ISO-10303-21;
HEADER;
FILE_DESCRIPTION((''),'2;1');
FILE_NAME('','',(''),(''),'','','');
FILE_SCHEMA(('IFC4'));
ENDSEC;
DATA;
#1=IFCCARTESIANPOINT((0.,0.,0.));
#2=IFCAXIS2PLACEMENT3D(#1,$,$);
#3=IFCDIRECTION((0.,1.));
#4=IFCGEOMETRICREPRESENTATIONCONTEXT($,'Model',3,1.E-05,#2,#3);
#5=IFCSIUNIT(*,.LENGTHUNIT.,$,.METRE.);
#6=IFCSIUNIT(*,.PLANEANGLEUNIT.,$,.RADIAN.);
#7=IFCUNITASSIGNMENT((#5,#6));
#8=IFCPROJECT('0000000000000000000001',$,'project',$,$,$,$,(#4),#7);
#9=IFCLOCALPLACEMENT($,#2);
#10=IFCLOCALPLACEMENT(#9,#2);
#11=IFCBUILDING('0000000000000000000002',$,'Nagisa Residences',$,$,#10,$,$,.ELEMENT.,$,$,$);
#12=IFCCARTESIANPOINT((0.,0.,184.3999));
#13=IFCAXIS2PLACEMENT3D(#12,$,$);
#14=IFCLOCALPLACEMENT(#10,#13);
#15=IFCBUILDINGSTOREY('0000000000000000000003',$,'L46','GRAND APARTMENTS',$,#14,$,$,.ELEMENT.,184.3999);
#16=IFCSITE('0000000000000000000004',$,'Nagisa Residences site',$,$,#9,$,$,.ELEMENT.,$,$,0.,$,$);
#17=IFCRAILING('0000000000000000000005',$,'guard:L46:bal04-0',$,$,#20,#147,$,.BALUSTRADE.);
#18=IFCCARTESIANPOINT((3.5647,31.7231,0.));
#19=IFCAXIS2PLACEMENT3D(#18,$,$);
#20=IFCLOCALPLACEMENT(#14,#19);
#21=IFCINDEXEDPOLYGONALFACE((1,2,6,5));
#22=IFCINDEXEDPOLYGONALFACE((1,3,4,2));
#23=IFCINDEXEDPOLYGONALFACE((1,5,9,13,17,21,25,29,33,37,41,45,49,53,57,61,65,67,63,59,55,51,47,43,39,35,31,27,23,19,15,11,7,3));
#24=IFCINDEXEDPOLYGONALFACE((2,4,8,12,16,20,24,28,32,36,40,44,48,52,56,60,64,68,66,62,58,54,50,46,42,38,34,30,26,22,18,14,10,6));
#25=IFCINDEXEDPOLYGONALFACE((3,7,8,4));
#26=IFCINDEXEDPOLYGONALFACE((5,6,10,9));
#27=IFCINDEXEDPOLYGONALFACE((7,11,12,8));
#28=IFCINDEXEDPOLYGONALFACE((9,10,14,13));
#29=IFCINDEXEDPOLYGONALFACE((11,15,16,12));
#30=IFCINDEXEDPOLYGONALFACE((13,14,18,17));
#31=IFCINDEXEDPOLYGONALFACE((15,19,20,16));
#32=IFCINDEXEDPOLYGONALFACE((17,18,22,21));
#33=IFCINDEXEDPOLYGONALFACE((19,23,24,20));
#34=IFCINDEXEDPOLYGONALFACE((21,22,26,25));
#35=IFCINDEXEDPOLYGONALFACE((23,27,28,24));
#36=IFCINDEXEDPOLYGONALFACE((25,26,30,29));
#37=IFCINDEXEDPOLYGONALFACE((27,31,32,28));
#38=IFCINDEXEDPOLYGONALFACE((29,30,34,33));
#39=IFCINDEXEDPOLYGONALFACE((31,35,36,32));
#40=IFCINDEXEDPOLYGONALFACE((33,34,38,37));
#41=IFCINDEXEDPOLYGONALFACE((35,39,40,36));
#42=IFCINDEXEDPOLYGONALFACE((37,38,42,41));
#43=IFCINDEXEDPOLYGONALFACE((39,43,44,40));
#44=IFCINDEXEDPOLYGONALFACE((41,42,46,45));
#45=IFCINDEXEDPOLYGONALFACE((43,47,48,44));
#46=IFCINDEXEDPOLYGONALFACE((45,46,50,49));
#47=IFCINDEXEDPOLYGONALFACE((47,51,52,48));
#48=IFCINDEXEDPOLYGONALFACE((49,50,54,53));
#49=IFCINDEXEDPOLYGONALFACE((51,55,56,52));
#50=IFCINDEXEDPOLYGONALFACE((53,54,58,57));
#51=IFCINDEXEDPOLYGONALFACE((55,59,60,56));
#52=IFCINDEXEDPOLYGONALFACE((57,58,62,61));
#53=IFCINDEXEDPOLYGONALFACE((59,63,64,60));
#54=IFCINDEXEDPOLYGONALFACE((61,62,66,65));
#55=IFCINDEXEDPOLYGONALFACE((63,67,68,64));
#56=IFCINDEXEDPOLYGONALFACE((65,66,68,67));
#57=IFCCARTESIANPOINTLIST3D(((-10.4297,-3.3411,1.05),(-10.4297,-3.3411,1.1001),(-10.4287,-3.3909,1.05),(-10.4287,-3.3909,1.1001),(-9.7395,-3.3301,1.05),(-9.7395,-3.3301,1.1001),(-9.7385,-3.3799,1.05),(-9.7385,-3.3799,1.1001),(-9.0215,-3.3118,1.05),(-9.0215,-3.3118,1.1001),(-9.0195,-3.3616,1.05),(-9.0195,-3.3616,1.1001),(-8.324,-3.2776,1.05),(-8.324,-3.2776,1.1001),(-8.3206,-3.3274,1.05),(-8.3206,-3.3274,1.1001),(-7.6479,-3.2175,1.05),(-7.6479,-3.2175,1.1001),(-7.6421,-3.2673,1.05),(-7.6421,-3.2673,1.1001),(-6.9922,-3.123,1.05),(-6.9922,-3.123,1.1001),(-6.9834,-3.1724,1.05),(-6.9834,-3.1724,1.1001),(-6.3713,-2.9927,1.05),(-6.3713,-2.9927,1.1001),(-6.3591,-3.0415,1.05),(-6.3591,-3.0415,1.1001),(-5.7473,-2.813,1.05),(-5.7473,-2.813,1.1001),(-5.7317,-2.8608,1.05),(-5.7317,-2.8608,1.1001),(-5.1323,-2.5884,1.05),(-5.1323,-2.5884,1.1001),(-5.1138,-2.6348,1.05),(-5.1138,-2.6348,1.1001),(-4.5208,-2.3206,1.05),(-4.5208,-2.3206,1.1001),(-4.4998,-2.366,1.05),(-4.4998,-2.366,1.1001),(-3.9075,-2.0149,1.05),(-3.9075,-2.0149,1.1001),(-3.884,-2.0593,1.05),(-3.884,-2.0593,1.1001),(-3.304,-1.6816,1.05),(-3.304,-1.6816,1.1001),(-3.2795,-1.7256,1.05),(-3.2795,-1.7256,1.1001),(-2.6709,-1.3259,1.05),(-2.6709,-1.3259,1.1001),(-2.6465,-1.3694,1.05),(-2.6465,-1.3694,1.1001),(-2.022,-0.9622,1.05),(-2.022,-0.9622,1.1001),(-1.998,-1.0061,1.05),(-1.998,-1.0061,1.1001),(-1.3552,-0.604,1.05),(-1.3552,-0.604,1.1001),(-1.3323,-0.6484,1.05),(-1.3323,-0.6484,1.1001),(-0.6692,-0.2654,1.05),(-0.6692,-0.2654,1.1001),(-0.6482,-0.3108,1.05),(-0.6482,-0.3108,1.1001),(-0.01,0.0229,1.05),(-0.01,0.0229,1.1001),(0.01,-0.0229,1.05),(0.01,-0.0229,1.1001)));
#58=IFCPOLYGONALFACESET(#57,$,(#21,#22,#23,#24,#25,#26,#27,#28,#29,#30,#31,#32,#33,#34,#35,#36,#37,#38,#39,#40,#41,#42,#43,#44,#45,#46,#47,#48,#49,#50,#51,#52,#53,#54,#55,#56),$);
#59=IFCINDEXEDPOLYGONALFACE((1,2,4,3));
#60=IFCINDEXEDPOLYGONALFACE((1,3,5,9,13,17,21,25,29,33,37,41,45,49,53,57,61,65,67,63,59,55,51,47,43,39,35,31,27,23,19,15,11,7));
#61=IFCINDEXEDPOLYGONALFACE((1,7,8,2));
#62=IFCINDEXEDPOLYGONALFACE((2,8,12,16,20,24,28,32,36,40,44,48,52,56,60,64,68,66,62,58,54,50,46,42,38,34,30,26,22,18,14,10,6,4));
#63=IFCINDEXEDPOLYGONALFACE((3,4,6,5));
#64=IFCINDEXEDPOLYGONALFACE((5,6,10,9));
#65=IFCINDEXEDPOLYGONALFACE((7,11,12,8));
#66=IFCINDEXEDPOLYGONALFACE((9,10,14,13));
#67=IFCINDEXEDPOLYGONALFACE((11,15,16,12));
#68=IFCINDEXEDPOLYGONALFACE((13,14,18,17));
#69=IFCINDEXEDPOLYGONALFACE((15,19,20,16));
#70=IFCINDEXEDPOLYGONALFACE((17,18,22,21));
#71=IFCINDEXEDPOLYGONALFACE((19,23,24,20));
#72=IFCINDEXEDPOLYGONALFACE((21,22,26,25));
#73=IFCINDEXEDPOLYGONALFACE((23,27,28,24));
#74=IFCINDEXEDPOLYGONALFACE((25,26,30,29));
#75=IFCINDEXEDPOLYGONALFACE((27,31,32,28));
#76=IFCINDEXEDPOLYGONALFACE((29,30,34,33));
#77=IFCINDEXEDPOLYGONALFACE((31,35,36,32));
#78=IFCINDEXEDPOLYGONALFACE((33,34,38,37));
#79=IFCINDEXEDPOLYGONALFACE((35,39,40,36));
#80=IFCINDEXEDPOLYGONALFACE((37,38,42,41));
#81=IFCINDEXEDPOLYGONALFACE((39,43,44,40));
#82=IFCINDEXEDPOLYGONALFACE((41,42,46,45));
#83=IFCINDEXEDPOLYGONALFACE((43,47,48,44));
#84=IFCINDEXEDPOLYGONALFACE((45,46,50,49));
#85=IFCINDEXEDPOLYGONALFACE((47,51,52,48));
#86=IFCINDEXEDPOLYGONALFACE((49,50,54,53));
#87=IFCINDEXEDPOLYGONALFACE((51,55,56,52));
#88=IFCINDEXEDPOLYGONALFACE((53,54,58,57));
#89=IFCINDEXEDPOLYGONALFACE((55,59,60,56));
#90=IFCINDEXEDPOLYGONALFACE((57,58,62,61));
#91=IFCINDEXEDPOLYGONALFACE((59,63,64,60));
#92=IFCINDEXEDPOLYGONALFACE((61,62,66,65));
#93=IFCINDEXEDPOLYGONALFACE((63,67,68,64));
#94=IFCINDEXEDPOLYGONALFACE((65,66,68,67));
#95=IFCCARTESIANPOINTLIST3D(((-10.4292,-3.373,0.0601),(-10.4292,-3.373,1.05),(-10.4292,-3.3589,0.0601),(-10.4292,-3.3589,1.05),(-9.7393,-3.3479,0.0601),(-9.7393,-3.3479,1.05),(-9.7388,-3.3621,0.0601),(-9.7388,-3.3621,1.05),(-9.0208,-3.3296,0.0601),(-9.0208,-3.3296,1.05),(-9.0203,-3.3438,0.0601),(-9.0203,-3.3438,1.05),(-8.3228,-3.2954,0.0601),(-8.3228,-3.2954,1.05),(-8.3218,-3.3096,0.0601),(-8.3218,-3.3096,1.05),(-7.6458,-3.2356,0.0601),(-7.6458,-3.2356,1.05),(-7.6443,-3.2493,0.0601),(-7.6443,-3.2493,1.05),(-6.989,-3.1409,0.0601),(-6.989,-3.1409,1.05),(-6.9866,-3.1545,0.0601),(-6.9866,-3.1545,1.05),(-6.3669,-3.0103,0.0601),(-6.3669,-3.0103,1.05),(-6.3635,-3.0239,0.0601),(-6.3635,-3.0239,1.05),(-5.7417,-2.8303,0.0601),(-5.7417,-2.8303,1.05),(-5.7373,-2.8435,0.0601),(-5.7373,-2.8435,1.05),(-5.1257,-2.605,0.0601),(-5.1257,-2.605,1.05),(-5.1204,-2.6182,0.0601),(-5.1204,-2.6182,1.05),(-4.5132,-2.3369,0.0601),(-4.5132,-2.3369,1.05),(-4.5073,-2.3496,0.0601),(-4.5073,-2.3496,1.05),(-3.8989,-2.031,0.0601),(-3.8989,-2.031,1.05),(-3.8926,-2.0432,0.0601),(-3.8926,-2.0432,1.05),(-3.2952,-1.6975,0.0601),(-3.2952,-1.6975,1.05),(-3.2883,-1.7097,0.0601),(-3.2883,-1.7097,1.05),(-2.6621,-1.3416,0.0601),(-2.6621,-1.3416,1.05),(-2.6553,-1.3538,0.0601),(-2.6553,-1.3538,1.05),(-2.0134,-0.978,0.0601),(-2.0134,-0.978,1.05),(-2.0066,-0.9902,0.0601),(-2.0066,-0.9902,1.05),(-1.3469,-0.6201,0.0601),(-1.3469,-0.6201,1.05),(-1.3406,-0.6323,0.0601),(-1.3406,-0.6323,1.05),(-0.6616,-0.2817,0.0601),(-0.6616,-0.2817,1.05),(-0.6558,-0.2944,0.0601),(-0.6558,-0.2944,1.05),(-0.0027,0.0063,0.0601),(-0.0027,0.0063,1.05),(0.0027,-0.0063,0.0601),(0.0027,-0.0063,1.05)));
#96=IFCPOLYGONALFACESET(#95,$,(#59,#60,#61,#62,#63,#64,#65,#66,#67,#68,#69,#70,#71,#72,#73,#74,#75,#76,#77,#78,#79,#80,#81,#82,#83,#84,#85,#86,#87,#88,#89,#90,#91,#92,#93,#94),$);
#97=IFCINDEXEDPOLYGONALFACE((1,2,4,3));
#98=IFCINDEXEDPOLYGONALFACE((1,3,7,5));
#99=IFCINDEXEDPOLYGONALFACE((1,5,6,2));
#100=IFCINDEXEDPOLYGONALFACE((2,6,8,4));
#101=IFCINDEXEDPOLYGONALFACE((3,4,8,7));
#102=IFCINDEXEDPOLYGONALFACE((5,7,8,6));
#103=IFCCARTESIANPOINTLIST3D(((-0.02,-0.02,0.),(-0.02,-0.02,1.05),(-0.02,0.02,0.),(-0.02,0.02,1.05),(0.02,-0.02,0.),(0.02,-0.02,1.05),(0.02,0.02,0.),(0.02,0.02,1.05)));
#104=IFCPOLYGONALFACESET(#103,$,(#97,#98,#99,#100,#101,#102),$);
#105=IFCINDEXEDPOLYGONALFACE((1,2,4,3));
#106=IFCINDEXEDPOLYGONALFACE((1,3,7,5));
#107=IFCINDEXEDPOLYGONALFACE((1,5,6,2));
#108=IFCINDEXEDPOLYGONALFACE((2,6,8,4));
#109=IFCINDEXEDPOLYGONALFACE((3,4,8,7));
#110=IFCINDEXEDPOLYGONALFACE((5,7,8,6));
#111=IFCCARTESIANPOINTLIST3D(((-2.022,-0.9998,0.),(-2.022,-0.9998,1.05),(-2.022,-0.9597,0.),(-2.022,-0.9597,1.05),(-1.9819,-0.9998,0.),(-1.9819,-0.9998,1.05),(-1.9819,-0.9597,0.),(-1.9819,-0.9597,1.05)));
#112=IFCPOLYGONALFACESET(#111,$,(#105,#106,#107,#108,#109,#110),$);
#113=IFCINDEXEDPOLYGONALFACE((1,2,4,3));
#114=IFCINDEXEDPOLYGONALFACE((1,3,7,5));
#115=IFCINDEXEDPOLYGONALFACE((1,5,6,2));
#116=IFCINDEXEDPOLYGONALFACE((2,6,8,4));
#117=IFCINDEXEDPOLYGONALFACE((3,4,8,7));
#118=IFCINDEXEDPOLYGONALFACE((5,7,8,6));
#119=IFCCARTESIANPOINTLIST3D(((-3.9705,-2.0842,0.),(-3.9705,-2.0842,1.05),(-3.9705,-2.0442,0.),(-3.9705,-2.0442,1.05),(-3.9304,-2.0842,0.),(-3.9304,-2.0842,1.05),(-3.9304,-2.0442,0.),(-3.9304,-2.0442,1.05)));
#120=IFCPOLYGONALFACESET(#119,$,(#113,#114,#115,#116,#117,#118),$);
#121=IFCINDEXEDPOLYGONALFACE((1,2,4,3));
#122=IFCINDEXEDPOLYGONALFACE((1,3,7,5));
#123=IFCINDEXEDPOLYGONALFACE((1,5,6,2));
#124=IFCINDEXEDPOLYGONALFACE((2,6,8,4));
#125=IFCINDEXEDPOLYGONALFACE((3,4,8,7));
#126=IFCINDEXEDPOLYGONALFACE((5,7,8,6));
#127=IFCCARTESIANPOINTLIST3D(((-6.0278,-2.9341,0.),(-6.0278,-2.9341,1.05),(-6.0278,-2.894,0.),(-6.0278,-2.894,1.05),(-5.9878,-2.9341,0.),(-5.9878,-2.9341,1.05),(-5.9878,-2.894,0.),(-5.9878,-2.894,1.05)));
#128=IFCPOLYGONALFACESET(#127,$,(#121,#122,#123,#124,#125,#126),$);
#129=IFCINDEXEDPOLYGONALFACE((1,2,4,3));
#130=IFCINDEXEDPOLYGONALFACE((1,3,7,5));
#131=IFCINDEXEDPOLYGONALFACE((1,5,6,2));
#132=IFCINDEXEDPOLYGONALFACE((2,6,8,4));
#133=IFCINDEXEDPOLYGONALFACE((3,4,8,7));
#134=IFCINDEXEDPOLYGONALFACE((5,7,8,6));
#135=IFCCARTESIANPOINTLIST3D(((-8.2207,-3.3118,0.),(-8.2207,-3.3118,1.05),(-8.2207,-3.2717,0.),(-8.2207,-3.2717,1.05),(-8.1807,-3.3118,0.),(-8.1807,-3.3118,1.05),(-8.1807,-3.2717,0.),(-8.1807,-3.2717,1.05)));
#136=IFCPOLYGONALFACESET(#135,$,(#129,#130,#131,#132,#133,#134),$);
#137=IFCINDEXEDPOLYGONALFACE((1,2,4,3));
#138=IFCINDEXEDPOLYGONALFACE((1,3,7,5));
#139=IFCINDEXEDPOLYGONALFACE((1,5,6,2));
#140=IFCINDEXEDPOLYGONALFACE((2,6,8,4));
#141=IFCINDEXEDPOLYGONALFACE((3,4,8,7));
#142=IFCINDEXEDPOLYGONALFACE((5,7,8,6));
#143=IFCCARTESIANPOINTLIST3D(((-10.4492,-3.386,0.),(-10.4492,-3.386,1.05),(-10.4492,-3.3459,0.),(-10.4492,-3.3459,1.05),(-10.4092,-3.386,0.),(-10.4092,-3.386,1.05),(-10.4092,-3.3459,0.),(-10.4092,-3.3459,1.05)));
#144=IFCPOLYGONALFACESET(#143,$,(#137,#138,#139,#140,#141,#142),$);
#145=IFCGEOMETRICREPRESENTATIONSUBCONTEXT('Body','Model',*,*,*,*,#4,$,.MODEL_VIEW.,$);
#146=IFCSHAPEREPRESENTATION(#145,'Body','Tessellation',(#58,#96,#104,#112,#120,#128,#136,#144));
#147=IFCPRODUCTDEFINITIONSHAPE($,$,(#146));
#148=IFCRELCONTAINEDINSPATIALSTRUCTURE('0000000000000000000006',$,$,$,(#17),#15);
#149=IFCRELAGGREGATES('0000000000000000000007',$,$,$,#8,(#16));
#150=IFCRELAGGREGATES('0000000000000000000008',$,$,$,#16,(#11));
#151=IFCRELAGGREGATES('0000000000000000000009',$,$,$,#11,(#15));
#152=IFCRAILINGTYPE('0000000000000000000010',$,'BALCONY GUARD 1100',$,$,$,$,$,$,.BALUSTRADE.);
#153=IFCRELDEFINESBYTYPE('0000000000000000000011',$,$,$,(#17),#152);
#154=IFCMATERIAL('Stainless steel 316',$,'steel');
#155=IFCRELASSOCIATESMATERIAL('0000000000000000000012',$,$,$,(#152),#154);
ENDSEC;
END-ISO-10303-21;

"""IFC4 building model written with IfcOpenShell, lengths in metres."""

from ifc_helpers import new_model, si_unit, direction, frame, origin, origin_2d, place, context, subcontext, project, spatial, polyline, rectangle, outline, extrude, material, type_object, element, save


model = new_model("IFC4")

# Units and contexts
model_context = context("Model", 3, precision=1e-05, world=origin(), true_north=direction((0.0, 1.0)))
body_context = subcontext(model_context, "Body", "Model", "MODEL_VIEW")
ifc_project = project(units=[si_unit("LENGTHUNIT", "METRE"), si_unit("PLANEANGLEUNIT", "RADIAN")], contexts=[model_context])

# Site, building, storey
site_placement = place(None, origin())
site = spatial("IfcSite", under=ifc_project, at=site_placement, Name="Nagisa Residences site", CompositionType="ELEMENT", RefElevation=0.0)
building_placement = place(site_placement, origin())
building = spatial("IfcBuilding", under=site, at=building_placement, Name="Nagisa Residences", CompositionType="ELEMENT")
storey_placement = place(building_placement, frame((0.0, 0.0, 184.3999)))
storey = spatial("IfcBuildingStorey", under=building, at=storey_placement, Name="L46", Description="GRAND APARTMENTS", CompositionType="ELEMENT", Elevation=184.3999)

# Railing
ifc_material_1 = material(Name="Stainless steel 316", Category="steel")
railing_type = type_object("IfcRailingType", Name="BALCONY GUARD 1100", PredefinedType="BALUSTRADE", material=ifc_material_1)
railing_1_placement = place(storey_placement, frame((3.5647, 31.7231, 0.0)))
element("IfcRailing", 1, at=railing_1_placement, inside=storey, type_object=railing_type, Name="guard:L46:bal04-0", PredefinedType="BALUSTRADE", context=body_context, shape_type="SweptSolid", body=[
    extrude(outline(polyline([(-0.6482, -0.3108), (0.01, -0.0229), (-0.01, 0.0229), (-0.6692, -0.2654), (-1.3552, -0.604), (-2.022, -0.9622), (-2.6709, -1.3259), (-3.304, -1.6816), (-3.9075, -2.0149), (-4.5208, -2.3206), (-5.1323, -2.5884), (-5.7473, -2.813), (-6.3713, -2.9927), (-6.9922, -3.123), (-7.6479, -3.2175), (-8.324, -3.2776), (-9.0215, -3.3118), (-9.7395, -3.3301), (-10.4297, -3.3411), (-10.4287, -3.3909), (-9.7385, -3.3799), (-9.0195, -3.3616), (-8.3206, -3.3274), (-7.6421, -3.2673), (-6.9834, -3.1724), (-6.3591, -3.0415), (-5.7317, -2.8608), (-5.1138, -2.6348), (-4.4998, -2.366), (-3.884, -2.0593), (-3.2795, -1.7256), (-2.6465, -1.3694), (-1.998, -1.0061), (-1.3323, -0.6484), (-0.6482, -0.3108)])), frame((0.0, 0.0, 1.05)), (0.0, 0.0, 1.0), 0.05),
    extrude(outline(polyline([(-0.6558, -0.2944), (0.0027, -0.0063), (-0.0027, 0.0063), (-0.6616, -0.2817), (-1.3469, -0.6201), (-2.0134, -0.978), (-2.6621, -1.3416), (-3.2952, -1.6975), (-3.8989, -2.031), (-4.5132, -2.3369), (-5.1257, -2.605), (-5.7417, -2.8303), (-6.3669, -3.0103), (-6.989, -3.1409), (-7.6458, -3.2356), (-8.3228, -3.2954), (-9.0208, -3.3296), (-9.7393, -3.3479), (-10.4292, -3.3589), (-10.4292, -3.373), (-9.7388, -3.3621), (-9.0203, -3.3438), (-8.3218, -3.3096), (-7.6443, -3.2493), (-6.9866, -3.1545), (-6.3635, -3.0239), (-5.7373, -2.8435), (-5.1204, -2.6182), (-4.5073, -2.3496), (-3.8926, -2.0432), (-3.2883, -1.7097), (-2.6553, -1.3538), (-2.0066, -0.9902), (-1.3406, -0.6323), (-0.6558, -0.2944)])), frame((0.0, 0.0, 0.0601)), (0.0, 0.0, 1.0), 0.99),
    extrude(rectangle(XDim=0.04, YDim=0.04, at=origin_2d()), origin(), (0.0, 0.0, 1.0), 1.05),
    extrude(rectangle(XDim=0.04, YDim=0.04, at=origin_2d()), frame((-2.002, -0.9797, 0.0)), (0.0, 0.0, 1.0), 1.05),
    extrude(rectangle(XDim=0.04, YDim=0.04, at=origin_2d()), frame((-3.9504, -2.0642, 0.0)), (0.0, 0.0, 1.0), 1.05),
    extrude(rectangle(XDim=0.04, YDim=0.04, at=origin_2d()), frame((-6.0078, -2.9141, 0.0)), (0.0, 0.0, 1.0), 1.05),
    extrude(rectangle(XDim=0.04, YDim=0.04, at=origin_2d()), frame((-8.2007, -3.2917, 0.0)), (0.0, 0.0, 1.0), 1.05),
    extrude(rectangle(XDim=0.04, YDim=0.04, at=origin_2d()), frame((-10.4292, -3.366, 0.0)), (0.0, 0.0, 1.0), 1.05),
])

save(model, "model.ifc")
